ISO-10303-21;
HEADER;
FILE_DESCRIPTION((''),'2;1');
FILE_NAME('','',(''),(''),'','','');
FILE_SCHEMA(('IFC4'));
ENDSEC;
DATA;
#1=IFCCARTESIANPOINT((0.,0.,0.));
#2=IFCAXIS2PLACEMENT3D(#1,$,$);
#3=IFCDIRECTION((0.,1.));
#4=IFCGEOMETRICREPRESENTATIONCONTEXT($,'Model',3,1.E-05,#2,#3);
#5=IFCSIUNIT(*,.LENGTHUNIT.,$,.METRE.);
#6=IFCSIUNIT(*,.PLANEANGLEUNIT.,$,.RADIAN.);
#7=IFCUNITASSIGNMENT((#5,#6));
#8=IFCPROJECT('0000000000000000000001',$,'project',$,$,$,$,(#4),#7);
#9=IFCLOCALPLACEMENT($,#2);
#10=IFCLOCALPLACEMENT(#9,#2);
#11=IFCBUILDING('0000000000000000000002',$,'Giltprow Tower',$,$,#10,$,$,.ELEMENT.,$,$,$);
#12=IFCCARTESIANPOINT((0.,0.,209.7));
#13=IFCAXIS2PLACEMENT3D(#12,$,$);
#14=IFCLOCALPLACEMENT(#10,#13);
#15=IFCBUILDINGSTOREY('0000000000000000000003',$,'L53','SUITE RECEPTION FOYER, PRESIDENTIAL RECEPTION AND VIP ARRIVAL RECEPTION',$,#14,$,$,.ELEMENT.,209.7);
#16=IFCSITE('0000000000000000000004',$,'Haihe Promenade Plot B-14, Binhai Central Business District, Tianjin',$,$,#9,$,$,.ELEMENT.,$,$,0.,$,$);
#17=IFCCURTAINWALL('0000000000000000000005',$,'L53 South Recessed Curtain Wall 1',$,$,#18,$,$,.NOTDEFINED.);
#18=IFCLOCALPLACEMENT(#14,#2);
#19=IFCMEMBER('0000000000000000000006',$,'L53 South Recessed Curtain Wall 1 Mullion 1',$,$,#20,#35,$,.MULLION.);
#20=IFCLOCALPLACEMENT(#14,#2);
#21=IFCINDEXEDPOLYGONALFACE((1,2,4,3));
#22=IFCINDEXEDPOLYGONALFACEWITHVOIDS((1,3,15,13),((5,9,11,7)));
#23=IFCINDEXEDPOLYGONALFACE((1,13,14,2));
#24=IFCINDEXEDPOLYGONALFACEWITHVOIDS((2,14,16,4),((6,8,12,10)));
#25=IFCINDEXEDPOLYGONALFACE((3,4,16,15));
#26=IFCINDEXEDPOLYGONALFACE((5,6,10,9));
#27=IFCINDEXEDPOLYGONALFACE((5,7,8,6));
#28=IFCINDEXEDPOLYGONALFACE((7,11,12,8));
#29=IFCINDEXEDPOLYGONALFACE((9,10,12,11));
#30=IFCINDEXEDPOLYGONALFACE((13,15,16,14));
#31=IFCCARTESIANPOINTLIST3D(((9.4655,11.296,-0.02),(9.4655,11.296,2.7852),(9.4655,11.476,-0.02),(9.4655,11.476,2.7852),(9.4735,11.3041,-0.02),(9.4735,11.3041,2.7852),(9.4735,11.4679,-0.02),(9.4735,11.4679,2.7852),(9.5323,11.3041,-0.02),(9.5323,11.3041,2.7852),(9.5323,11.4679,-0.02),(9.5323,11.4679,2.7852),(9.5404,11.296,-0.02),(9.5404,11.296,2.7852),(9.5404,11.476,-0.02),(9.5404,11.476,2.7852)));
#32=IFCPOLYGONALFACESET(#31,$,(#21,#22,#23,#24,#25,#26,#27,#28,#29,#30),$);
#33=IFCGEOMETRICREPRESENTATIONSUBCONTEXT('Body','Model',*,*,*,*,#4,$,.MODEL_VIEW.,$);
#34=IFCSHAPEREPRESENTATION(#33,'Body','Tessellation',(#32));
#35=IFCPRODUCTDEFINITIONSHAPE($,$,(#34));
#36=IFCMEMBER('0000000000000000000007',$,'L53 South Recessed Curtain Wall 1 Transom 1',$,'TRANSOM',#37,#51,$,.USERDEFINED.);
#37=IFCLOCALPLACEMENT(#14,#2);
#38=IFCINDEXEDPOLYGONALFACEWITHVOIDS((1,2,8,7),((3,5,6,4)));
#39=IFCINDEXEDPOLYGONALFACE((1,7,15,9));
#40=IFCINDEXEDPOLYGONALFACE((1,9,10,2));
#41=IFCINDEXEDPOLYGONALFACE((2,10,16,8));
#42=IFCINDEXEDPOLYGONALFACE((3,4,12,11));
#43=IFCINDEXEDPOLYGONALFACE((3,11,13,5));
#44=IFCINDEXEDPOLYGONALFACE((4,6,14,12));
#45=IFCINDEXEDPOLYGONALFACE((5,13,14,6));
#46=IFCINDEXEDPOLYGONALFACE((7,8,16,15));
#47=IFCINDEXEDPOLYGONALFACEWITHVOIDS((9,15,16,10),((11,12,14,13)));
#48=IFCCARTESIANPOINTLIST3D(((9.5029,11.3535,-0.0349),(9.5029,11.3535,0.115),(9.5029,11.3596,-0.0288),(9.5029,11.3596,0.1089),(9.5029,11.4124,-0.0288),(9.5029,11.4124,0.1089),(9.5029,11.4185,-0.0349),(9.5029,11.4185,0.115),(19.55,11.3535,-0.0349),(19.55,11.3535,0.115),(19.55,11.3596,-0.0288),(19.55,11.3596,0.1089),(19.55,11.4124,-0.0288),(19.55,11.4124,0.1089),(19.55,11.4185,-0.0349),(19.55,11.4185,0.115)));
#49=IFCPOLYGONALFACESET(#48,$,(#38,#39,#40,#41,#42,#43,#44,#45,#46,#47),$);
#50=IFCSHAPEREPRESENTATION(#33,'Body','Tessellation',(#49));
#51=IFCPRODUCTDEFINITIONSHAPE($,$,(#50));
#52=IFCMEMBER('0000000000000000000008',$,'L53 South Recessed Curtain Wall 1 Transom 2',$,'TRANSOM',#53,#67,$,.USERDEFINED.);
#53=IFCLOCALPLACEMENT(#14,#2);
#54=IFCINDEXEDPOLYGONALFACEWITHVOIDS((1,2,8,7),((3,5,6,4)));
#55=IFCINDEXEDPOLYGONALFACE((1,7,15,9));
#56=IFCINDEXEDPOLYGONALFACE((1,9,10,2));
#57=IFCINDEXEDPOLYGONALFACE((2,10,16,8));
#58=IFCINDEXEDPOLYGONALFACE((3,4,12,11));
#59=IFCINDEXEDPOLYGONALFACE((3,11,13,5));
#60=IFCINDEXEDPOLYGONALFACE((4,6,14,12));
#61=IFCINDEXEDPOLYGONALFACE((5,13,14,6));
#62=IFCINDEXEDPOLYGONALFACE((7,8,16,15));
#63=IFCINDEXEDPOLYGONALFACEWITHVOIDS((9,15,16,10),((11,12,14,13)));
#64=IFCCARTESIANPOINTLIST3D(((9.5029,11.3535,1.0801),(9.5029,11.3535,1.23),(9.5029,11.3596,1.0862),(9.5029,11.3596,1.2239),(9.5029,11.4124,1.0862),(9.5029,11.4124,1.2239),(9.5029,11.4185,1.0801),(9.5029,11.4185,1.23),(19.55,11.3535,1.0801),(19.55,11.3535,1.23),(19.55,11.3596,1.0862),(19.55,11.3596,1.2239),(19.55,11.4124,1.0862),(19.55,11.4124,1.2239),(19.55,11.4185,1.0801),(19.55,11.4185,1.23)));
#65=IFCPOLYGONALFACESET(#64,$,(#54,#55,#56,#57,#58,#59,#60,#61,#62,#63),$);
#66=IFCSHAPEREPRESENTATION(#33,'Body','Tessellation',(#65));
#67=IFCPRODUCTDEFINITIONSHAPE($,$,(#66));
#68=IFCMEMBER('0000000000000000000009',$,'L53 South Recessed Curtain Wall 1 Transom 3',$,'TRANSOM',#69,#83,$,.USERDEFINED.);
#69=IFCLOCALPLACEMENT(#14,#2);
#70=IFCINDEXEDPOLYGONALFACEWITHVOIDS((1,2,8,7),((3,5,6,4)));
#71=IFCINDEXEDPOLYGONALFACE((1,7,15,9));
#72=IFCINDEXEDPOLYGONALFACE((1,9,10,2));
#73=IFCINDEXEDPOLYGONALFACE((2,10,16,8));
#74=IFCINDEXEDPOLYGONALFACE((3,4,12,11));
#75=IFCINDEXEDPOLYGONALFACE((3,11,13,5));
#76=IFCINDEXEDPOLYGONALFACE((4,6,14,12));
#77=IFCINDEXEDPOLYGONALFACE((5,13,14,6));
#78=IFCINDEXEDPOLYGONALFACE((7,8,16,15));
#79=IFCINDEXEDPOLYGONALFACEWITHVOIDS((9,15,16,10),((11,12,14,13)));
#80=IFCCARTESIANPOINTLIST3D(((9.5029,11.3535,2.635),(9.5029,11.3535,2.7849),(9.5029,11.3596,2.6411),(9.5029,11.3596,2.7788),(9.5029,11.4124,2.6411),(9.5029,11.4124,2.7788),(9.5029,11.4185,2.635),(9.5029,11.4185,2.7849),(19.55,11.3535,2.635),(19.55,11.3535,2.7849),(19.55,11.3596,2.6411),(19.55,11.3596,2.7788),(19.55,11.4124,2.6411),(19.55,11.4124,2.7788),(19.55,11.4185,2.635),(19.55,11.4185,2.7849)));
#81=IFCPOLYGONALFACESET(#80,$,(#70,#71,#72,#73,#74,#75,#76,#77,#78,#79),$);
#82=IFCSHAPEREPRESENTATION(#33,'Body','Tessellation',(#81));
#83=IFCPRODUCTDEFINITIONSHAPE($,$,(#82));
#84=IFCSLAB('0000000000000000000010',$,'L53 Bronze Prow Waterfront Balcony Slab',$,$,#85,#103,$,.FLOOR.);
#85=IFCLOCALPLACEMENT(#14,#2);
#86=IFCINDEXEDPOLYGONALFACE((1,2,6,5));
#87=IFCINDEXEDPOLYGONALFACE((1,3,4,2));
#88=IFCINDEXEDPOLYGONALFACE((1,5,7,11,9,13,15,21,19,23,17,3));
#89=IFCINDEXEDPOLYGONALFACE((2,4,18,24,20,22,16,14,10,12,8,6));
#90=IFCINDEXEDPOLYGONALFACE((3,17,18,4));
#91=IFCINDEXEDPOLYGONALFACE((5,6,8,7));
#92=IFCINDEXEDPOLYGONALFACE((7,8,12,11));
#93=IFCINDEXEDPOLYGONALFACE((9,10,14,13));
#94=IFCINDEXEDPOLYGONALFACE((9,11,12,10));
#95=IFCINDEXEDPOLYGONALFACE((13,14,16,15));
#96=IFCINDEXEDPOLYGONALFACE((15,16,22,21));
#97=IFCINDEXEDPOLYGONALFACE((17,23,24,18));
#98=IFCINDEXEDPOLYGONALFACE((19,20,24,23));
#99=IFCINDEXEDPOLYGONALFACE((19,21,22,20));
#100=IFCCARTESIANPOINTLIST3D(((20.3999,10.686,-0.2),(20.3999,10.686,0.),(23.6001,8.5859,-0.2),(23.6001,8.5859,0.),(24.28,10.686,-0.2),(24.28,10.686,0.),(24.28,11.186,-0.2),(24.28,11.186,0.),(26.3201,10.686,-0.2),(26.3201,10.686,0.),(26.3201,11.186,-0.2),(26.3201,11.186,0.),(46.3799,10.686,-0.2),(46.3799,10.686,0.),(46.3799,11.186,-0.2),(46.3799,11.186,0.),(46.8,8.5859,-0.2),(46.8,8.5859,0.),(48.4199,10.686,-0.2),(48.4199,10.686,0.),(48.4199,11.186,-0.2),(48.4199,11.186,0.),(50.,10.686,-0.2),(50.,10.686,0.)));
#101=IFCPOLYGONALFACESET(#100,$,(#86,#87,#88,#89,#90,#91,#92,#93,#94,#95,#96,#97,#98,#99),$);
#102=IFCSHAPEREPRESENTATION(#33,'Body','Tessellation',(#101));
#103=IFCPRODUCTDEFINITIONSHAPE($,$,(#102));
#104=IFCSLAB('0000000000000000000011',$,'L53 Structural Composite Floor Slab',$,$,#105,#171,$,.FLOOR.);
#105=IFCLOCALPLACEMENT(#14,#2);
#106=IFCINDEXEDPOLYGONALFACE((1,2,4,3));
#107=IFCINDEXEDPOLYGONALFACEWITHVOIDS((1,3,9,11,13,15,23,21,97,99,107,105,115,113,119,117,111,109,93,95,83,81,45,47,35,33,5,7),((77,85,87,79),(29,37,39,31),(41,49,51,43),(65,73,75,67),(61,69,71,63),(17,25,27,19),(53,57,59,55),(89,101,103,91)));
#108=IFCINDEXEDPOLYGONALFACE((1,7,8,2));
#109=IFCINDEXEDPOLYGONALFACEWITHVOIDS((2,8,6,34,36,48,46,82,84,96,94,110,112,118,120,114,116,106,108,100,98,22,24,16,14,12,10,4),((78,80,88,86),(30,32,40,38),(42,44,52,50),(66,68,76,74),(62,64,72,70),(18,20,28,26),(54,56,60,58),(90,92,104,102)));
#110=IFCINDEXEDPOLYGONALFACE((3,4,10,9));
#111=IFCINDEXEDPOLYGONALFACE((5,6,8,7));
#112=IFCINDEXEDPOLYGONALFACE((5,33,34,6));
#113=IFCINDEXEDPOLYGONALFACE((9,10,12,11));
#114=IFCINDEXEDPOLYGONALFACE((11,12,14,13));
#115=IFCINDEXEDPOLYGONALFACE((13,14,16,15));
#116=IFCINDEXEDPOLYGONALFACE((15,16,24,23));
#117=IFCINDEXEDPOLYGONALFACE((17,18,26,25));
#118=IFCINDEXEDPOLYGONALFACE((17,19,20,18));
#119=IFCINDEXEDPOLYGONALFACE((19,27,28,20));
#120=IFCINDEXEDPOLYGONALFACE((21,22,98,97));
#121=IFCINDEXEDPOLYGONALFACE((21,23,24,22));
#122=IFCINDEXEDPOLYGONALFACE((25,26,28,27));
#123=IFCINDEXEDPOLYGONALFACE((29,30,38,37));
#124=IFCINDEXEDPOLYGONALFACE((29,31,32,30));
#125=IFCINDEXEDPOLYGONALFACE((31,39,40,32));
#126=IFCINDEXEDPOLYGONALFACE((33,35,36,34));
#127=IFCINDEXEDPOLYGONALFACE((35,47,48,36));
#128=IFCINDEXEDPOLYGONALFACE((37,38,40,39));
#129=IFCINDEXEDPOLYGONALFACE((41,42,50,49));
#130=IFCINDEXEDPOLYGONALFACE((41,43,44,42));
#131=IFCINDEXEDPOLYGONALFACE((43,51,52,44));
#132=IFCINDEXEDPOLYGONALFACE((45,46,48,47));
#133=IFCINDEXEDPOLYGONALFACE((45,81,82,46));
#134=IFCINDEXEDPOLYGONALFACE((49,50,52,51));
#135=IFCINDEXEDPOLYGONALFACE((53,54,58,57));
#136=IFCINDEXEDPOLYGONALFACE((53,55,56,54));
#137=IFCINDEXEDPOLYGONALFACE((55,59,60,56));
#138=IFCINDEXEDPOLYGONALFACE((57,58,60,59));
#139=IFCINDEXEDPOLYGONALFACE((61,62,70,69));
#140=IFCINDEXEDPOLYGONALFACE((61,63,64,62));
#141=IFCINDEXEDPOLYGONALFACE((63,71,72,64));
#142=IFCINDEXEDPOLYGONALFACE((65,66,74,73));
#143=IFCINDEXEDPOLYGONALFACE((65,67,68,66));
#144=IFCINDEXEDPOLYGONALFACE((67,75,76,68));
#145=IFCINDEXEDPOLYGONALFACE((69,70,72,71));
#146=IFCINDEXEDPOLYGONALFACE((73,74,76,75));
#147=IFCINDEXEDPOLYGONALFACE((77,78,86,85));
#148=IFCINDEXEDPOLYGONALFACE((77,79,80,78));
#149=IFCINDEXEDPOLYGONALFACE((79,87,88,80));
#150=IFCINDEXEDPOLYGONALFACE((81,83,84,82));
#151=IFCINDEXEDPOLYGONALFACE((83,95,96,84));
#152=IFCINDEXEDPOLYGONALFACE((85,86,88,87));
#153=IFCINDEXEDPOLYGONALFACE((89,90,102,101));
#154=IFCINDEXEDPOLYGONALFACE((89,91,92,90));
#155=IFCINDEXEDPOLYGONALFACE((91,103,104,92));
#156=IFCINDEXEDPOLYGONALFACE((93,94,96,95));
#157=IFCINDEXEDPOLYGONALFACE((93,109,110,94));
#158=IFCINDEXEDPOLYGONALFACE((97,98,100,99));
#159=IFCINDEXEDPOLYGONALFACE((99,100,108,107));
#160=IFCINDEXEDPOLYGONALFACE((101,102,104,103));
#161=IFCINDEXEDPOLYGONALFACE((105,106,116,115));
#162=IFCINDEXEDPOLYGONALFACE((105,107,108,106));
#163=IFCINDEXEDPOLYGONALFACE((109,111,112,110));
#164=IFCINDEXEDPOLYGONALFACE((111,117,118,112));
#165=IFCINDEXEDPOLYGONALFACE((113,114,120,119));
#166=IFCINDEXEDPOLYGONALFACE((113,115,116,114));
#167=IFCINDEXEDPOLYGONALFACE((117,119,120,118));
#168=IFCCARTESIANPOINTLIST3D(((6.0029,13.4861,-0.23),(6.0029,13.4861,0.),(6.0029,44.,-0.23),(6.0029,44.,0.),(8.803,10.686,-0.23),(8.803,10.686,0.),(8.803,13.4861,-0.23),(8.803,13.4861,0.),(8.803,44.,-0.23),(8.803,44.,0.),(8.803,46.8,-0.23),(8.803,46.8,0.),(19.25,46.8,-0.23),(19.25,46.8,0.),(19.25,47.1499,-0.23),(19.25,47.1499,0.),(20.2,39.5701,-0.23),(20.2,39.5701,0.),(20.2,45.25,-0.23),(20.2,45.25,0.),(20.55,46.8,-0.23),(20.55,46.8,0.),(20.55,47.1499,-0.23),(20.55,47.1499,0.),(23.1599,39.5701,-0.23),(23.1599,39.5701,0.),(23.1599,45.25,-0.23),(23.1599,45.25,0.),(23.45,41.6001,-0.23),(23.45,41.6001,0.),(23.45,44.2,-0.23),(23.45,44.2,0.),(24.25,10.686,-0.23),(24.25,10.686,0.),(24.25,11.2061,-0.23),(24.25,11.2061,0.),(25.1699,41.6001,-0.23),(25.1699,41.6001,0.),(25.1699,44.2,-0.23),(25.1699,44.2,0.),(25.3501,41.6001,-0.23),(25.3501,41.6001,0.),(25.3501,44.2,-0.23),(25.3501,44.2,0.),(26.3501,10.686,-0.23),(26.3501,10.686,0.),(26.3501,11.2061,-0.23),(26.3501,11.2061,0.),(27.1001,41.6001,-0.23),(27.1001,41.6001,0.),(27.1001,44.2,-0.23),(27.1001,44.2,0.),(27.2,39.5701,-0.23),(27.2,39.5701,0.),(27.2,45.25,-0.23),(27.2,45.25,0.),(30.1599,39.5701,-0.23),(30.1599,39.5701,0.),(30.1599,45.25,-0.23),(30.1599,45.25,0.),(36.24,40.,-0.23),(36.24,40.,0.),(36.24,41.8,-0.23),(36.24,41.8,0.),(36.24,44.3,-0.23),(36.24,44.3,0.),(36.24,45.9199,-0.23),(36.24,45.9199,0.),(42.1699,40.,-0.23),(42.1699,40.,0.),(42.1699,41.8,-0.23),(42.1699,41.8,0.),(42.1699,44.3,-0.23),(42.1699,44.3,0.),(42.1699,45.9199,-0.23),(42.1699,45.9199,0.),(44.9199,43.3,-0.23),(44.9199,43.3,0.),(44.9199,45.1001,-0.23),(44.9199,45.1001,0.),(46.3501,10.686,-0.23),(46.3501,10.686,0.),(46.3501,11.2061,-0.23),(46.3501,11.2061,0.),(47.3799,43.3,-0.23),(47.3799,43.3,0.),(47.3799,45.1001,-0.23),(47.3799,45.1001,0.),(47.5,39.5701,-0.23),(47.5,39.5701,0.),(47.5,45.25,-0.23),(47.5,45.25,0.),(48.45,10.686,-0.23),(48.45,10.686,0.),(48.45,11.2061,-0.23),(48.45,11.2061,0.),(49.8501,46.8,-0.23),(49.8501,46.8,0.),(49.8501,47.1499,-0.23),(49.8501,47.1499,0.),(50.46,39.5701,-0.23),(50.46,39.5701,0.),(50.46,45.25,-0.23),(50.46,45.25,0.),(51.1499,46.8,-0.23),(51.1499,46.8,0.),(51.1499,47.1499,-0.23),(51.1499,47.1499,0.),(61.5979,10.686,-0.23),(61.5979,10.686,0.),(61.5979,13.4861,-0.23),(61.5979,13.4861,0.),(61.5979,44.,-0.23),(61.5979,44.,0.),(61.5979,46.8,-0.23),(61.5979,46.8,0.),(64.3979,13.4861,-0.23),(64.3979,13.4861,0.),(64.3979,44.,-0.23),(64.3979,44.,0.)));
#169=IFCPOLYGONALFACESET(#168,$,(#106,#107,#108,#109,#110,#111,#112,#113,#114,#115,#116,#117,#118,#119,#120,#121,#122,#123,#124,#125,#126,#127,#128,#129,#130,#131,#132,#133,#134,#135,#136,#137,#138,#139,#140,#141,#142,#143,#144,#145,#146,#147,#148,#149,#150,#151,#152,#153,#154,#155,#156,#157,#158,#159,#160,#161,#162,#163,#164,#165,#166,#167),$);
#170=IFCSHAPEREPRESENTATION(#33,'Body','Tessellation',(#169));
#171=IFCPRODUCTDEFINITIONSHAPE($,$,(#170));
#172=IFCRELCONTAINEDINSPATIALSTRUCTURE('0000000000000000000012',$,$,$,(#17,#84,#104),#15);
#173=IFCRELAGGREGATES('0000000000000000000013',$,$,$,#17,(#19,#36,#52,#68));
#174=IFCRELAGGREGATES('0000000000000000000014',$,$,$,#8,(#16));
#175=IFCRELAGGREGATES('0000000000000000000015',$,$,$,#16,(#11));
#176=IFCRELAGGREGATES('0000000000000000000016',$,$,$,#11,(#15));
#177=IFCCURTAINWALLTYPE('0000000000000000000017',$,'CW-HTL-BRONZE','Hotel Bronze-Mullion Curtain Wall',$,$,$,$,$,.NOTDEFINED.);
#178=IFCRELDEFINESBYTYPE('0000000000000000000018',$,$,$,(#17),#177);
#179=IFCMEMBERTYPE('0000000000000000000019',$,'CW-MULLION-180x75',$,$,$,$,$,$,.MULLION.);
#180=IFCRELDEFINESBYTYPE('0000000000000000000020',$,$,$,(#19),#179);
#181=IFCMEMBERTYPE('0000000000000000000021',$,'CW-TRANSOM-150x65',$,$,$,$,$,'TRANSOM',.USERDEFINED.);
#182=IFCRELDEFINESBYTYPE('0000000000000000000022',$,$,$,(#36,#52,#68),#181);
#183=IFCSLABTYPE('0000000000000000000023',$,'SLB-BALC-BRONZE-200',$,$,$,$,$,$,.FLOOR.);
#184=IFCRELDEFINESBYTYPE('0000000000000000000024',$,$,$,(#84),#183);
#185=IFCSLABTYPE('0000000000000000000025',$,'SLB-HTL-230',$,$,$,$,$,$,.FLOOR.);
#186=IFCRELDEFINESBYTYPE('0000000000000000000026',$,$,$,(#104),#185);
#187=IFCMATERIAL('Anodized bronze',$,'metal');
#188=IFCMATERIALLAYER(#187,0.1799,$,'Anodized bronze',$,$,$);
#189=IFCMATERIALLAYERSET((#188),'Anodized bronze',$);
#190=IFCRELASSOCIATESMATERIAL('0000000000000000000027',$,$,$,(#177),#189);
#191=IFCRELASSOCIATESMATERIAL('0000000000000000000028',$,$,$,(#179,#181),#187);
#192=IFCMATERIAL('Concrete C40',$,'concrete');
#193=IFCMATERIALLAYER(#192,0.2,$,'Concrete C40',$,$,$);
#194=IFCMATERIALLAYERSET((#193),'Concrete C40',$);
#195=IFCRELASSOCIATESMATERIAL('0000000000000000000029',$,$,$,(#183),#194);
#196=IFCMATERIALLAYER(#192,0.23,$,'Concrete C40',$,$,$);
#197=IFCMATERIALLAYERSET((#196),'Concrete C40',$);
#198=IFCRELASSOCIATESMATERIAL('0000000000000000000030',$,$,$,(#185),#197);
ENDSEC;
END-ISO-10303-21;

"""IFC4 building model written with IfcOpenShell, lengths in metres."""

from ifc_helpers import new_model, si_unit, direction, frame, origin, origin_2d, place, context, subcontext, project, spatial, polyline, hollow_rectangle, outline, extrude, source, transform, mapped, material, layer, layer_set, material_profile, profile_set, type_object, element, aggregate, save


model = new_model("IFC4")

# Units and contexts
model_context = context("Model", 3, precision=1e-05, world=origin(), true_north=direction((0.0, 1.0)))
body_context = subcontext(model_context, "Body", "Model", "MODEL_VIEW")
ifc_project = project(units=[si_unit("LENGTHUNIT", "METRE"), si_unit("PLANEANGLEUNIT", "RADIAN")], contexts=[model_context])

# Site, building, storey
site_placement = place(None, origin())
site = spatial("IfcSite", under=ifc_project, at=site_placement, Name="Haihe Promenade Plot B-14, Binhai Central Business District, Tianjin", CompositionType="ELEMENT", RefElevation=0.0)
building_placement = place(site_placement, origin())
building = spatial("IfcBuilding", under=site, at=building_placement, Name="Giltprow Tower", CompositionType="ELEMENT")
storey_placement = place(building_placement, frame((0.0, 0.0, 209.7)))
storey = spatial("IfcBuildingStorey", under=building, at=storey_placement, Name="L53", Description="SUITE RECEPTION FOYER, PRESIDENTIAL RECEPTION AND VIP ARRIVAL RECEPTION", CompositionType="ELEMENT", Elevation=209.7)

# Curtain wall, members
ifc_material_1 = material(Name="Anodized bronze", Category="metal")
ifc_layer_1 = layer(ifc_material_1, 0.1799, Name="Anodized bronze")
ifc_layer_set_1 = layer_set([ifc_layer_1], Name="Anodized bronze")
curtain_wall_type = type_object("IfcCurtainWallType", Name="CW-HTL-BRONZE", Description="Hotel Bronze-Mullion Curtain Wall", PredefinedType="NOTDEFINED", material=ifc_layer_set_1)
curtain_wall_placement = place(storey_placement, origin())
curtain_wall = element("IfcCurtainWall", 1, at=curtain_wall_placement, inside=storey, type_object=curtain_wall_type, Name="L53 South Recessed Curtain Wall 1", PredefinedType="NOTDEFINED")
ifc_material_profile_1 = material_profile(ifc_material_1, hollow_rectangle(XDim=0.075, YDim=0.1799, WallThickness=0.0081, at=origin_2d()), Name="RHS 180x75x8")
ifc_profile_set_1 = profile_set([ifc_material_profile_1], Name="Anodized bronze")
member_type_1 = type_object("IfcMemberType", Name="CW-MULLION-180x75", PredefinedType="MULLION", material=ifc_profile_set_1)
shared_shape_1 = source(origin(), body_context, "Body", "SweptSolid", [
    extrude(hollow_rectangle(XDim=0.075, YDim=0.1799, WallThickness=0.0081, at=origin_2d()), origin(), (0.0, 0.0, 1.0), 2.8052),
])
member_1_placement = place(storey_placement, frame((9.5029, 11.386, -0.02), z_axis=(0.0, 0.0, 1.0), x_axis=(1.0, 0.0, 0.0)))
member_1 = element("IfcMember", 2, at=member_1_placement, type_object=member_type_1, Name="L53 South Recessed Curtain Wall 1 Mullion 1", PredefinedType="MULLION", context=body_context, shape_type="MappedRepresentation", body=[
    mapped(shared_shape_1, transform((0.0, 0.0, 0.0), x_axis=(1.0, 0.0, 0.0), y_axis=(0.0, 1.0, 0.0), z_axis=(0.0, 0.0, 1.0), scale=1.0)),
])
ifc_material_profile_2 = material_profile(ifc_material_1, hollow_rectangle(XDim=0.0649, YDim=0.1499, WallThickness=0.0061, at=origin_2d()), Name="RHS 150x65x6")
ifc_profile_set_2 = profile_set([ifc_material_profile_2], Name="Anodized bronze")
member_type_2 = type_object("IfcMemberType", Name="CW-TRANSOM-150x65", ElementType="TRANSOM", PredefinedType="USERDEFINED", material=ifc_profile_set_2)
shared_shape_2 = source(origin(), body_context, "Body", "SweptSolid", [
    extrude(hollow_rectangle(XDim=0.0649, YDim=0.1499, WallThickness=0.0061, at=origin_2d()), origin(), (0.0, 0.0, 1.0), 10.0471),
])
member_2_placement = place(storey_placement, frame((9.5029, 11.386, 0.04), z_axis=(1.0, 0.0, 0.0), x_axis=(0.0, 1.0, 0.0)))
member_2 = element("IfcMember", 3, at=member_2_placement, type_object=member_type_2, Name="L53 South Recessed Curtain Wall 1 Transom 1", ObjectType="TRANSOM", PredefinedType="USERDEFINED", context=body_context, shape_type="MappedRepresentation", body=[
    mapped(shared_shape_2, transform((0.0, 0.0, 0.0), x_axis=(1.0, 0.0, 0.0), y_axis=(0.0, 1.0, 0.0), z_axis=(0.0, 0.0, 1.0), scale=1.0)),
])
member_3_placement = place(storey_placement, frame((9.5029, 11.386, 1.155), z_axis=(1.0, 0.0, 0.0), x_axis=(0.0, 1.0, 0.0)))
member_3 = element("IfcMember", 4, at=member_3_placement, type_object=member_type_2, Name="L53 South Recessed Curtain Wall 1 Transom 2", ObjectType="TRANSOM", PredefinedType="USERDEFINED", context=body_context, shape_type="MappedRepresentation", body=[
    mapped(shared_shape_2, transform((0.0, 0.0, 0.0), x_axis=(1.0, 0.0, 0.0), y_axis=(0.0, 1.0, 0.0), z_axis=(0.0, 0.0, 1.0), scale=1.0)),
])
member_4_placement = place(storey_placement, frame((9.5029, 11.386, 2.71), z_axis=(1.0, 0.0, 0.0), x_axis=(0.0, 1.0, 0.0)))
member_4 = element("IfcMember", 5, at=member_4_placement, type_object=member_type_2, Name="L53 South Recessed Curtain Wall 1 Transom 3", ObjectType="TRANSOM", PredefinedType="USERDEFINED", context=body_context, shape_type="MappedRepresentation", body=[
    mapped(shared_shape_2, transform((0.0, 0.0, 0.0), x_axis=(1.0, 0.0, 0.0), y_axis=(0.0, 1.0, 0.0), z_axis=(0.0, 0.0, 1.0), scale=1.0)),
])
aggregate(curtain_wall, [member_1, member_2, member_3, member_4])

# Slabs
ifc_material_2 = material(Name="Concrete C40", Category="concrete")
ifc_layer_2 = layer(ifc_material_2, 0.2, Name="Concrete C40")
ifc_layer_set_2 = layer_set([ifc_layer_2], Name="Concrete C40")
slab_type_1 = type_object("IfcSlabType", Name="SLB-BALC-BRONZE-200", PredefinedType="FLOOR", material=ifc_layer_set_2)
slab_1_placement = place(storey_placement, frame((0.0, 0.0, -0.2)))
element("IfcSlab", 6, at=slab_1_placement, inside=storey, type_object=slab_type_1, Name="L53 Bronze Prow Waterfront Balcony Slab", PredefinedType="FLOOR", context=body_context, shape_type="SweptSolid", body=[
    extrude(outline(polyline([(50.0, 10.686), (46.8, 8.5859), (23.6001, 8.5859), (20.3999, 10.686), (24.28, 10.686), (24.28, 11.186), (26.3201, 11.186), (26.3201, 10.686), (46.3799, 10.686), (46.3799, 11.186), (48.4199, 11.186), (48.4199, 10.686), (50.0, 10.686)])), origin(), (0.0, 0.0, 1.0), 0.2),
])
ifc_layer_3 = layer(ifc_material_2, 0.23, Name="Concrete C40")
ifc_layer_set_3 = layer_set([ifc_layer_3], Name="Concrete C40")
slab_type_2 = type_object("IfcSlabType", Name="SLB-HTL-230", PredefinedType="FLOOR", material=ifc_layer_set_3)
slab_2_placement = place(storey_placement, frame((0.0, 0.0, -0.23)))
element("IfcSlab", 7, at=slab_2_placement, inside=storey, type_object=slab_type_2, Name="L53 Structural Composite Floor Slab", PredefinedType="FLOOR", context=body_context, shape_type="SweptSolid", body=[
    extrude(outline(polyline([(64.3979, 44.0), (64.3979, 13.4861), (61.5979, 13.4861), (61.5979, 10.686), (48.45, 10.686), (48.45, 11.2061), (46.3501, 11.2061), (46.3501, 10.686), (26.3501, 10.686), (26.3501, 11.2061), (24.25, 11.2061), (24.25, 10.686), (8.803, 10.686), (8.803, 13.4861), (6.0029, 13.4861), (6.0029, 44.0), (8.803, 44.0), (8.803, 46.8), (19.25, 46.8), (19.25, 47.1499), (20.55, 47.1499), (20.55, 46.8), (49.8501, 46.8), (49.8501, 47.1499), (51.1499, 47.1499), (51.1499, 46.8), (61.5979, 46.8), (61.5979, 44.0), (64.3979, 44.0)]), holes=[polyline([(42.1699, 41.8), (36.24, 41.8), (36.24, 40.0), (42.1699, 40.0), (42.1699, 41.8)]), polyline([(23.1599, 39.5701), (23.1599, 45.25), (20.2, 45.25), (20.2, 39.5701), (23.1599, 39.5701)]), polyline([(30.1599, 39.5701), (30.1599, 45.25), (27.2, 45.25), (27.2, 39.5701), (30.1599, 39.5701)]), polyline([(50.46, 45.25), (47.5, 45.25), (47.5, 39.5701), (50.46, 39.5701), (50.46, 45.25)]), polyline([(25.1699, 44.2), (23.45, 44.2), (23.45, 41.6001), (25.1699, 41.6001), (25.1699, 44.2)]), polyline([(27.1001, 44.2), (25.3501, 44.2), (25.3501, 41.6001), (27.1001, 41.6001), (27.1001, 44.2)]), polyline([(47.3799, 43.3), (47.3799, 45.1001), (44.9199, 45.1001), (44.9199, 43.3), (47.3799, 43.3)]), polyline([(42.1699, 44.3), (42.1699, 45.9199), (36.24, 45.9199), (36.24, 44.3), (42.1699, 44.3)])]), origin(), (0.0, 0.0, 1.0), 0.23),
])

save(model, "model.ifc")
